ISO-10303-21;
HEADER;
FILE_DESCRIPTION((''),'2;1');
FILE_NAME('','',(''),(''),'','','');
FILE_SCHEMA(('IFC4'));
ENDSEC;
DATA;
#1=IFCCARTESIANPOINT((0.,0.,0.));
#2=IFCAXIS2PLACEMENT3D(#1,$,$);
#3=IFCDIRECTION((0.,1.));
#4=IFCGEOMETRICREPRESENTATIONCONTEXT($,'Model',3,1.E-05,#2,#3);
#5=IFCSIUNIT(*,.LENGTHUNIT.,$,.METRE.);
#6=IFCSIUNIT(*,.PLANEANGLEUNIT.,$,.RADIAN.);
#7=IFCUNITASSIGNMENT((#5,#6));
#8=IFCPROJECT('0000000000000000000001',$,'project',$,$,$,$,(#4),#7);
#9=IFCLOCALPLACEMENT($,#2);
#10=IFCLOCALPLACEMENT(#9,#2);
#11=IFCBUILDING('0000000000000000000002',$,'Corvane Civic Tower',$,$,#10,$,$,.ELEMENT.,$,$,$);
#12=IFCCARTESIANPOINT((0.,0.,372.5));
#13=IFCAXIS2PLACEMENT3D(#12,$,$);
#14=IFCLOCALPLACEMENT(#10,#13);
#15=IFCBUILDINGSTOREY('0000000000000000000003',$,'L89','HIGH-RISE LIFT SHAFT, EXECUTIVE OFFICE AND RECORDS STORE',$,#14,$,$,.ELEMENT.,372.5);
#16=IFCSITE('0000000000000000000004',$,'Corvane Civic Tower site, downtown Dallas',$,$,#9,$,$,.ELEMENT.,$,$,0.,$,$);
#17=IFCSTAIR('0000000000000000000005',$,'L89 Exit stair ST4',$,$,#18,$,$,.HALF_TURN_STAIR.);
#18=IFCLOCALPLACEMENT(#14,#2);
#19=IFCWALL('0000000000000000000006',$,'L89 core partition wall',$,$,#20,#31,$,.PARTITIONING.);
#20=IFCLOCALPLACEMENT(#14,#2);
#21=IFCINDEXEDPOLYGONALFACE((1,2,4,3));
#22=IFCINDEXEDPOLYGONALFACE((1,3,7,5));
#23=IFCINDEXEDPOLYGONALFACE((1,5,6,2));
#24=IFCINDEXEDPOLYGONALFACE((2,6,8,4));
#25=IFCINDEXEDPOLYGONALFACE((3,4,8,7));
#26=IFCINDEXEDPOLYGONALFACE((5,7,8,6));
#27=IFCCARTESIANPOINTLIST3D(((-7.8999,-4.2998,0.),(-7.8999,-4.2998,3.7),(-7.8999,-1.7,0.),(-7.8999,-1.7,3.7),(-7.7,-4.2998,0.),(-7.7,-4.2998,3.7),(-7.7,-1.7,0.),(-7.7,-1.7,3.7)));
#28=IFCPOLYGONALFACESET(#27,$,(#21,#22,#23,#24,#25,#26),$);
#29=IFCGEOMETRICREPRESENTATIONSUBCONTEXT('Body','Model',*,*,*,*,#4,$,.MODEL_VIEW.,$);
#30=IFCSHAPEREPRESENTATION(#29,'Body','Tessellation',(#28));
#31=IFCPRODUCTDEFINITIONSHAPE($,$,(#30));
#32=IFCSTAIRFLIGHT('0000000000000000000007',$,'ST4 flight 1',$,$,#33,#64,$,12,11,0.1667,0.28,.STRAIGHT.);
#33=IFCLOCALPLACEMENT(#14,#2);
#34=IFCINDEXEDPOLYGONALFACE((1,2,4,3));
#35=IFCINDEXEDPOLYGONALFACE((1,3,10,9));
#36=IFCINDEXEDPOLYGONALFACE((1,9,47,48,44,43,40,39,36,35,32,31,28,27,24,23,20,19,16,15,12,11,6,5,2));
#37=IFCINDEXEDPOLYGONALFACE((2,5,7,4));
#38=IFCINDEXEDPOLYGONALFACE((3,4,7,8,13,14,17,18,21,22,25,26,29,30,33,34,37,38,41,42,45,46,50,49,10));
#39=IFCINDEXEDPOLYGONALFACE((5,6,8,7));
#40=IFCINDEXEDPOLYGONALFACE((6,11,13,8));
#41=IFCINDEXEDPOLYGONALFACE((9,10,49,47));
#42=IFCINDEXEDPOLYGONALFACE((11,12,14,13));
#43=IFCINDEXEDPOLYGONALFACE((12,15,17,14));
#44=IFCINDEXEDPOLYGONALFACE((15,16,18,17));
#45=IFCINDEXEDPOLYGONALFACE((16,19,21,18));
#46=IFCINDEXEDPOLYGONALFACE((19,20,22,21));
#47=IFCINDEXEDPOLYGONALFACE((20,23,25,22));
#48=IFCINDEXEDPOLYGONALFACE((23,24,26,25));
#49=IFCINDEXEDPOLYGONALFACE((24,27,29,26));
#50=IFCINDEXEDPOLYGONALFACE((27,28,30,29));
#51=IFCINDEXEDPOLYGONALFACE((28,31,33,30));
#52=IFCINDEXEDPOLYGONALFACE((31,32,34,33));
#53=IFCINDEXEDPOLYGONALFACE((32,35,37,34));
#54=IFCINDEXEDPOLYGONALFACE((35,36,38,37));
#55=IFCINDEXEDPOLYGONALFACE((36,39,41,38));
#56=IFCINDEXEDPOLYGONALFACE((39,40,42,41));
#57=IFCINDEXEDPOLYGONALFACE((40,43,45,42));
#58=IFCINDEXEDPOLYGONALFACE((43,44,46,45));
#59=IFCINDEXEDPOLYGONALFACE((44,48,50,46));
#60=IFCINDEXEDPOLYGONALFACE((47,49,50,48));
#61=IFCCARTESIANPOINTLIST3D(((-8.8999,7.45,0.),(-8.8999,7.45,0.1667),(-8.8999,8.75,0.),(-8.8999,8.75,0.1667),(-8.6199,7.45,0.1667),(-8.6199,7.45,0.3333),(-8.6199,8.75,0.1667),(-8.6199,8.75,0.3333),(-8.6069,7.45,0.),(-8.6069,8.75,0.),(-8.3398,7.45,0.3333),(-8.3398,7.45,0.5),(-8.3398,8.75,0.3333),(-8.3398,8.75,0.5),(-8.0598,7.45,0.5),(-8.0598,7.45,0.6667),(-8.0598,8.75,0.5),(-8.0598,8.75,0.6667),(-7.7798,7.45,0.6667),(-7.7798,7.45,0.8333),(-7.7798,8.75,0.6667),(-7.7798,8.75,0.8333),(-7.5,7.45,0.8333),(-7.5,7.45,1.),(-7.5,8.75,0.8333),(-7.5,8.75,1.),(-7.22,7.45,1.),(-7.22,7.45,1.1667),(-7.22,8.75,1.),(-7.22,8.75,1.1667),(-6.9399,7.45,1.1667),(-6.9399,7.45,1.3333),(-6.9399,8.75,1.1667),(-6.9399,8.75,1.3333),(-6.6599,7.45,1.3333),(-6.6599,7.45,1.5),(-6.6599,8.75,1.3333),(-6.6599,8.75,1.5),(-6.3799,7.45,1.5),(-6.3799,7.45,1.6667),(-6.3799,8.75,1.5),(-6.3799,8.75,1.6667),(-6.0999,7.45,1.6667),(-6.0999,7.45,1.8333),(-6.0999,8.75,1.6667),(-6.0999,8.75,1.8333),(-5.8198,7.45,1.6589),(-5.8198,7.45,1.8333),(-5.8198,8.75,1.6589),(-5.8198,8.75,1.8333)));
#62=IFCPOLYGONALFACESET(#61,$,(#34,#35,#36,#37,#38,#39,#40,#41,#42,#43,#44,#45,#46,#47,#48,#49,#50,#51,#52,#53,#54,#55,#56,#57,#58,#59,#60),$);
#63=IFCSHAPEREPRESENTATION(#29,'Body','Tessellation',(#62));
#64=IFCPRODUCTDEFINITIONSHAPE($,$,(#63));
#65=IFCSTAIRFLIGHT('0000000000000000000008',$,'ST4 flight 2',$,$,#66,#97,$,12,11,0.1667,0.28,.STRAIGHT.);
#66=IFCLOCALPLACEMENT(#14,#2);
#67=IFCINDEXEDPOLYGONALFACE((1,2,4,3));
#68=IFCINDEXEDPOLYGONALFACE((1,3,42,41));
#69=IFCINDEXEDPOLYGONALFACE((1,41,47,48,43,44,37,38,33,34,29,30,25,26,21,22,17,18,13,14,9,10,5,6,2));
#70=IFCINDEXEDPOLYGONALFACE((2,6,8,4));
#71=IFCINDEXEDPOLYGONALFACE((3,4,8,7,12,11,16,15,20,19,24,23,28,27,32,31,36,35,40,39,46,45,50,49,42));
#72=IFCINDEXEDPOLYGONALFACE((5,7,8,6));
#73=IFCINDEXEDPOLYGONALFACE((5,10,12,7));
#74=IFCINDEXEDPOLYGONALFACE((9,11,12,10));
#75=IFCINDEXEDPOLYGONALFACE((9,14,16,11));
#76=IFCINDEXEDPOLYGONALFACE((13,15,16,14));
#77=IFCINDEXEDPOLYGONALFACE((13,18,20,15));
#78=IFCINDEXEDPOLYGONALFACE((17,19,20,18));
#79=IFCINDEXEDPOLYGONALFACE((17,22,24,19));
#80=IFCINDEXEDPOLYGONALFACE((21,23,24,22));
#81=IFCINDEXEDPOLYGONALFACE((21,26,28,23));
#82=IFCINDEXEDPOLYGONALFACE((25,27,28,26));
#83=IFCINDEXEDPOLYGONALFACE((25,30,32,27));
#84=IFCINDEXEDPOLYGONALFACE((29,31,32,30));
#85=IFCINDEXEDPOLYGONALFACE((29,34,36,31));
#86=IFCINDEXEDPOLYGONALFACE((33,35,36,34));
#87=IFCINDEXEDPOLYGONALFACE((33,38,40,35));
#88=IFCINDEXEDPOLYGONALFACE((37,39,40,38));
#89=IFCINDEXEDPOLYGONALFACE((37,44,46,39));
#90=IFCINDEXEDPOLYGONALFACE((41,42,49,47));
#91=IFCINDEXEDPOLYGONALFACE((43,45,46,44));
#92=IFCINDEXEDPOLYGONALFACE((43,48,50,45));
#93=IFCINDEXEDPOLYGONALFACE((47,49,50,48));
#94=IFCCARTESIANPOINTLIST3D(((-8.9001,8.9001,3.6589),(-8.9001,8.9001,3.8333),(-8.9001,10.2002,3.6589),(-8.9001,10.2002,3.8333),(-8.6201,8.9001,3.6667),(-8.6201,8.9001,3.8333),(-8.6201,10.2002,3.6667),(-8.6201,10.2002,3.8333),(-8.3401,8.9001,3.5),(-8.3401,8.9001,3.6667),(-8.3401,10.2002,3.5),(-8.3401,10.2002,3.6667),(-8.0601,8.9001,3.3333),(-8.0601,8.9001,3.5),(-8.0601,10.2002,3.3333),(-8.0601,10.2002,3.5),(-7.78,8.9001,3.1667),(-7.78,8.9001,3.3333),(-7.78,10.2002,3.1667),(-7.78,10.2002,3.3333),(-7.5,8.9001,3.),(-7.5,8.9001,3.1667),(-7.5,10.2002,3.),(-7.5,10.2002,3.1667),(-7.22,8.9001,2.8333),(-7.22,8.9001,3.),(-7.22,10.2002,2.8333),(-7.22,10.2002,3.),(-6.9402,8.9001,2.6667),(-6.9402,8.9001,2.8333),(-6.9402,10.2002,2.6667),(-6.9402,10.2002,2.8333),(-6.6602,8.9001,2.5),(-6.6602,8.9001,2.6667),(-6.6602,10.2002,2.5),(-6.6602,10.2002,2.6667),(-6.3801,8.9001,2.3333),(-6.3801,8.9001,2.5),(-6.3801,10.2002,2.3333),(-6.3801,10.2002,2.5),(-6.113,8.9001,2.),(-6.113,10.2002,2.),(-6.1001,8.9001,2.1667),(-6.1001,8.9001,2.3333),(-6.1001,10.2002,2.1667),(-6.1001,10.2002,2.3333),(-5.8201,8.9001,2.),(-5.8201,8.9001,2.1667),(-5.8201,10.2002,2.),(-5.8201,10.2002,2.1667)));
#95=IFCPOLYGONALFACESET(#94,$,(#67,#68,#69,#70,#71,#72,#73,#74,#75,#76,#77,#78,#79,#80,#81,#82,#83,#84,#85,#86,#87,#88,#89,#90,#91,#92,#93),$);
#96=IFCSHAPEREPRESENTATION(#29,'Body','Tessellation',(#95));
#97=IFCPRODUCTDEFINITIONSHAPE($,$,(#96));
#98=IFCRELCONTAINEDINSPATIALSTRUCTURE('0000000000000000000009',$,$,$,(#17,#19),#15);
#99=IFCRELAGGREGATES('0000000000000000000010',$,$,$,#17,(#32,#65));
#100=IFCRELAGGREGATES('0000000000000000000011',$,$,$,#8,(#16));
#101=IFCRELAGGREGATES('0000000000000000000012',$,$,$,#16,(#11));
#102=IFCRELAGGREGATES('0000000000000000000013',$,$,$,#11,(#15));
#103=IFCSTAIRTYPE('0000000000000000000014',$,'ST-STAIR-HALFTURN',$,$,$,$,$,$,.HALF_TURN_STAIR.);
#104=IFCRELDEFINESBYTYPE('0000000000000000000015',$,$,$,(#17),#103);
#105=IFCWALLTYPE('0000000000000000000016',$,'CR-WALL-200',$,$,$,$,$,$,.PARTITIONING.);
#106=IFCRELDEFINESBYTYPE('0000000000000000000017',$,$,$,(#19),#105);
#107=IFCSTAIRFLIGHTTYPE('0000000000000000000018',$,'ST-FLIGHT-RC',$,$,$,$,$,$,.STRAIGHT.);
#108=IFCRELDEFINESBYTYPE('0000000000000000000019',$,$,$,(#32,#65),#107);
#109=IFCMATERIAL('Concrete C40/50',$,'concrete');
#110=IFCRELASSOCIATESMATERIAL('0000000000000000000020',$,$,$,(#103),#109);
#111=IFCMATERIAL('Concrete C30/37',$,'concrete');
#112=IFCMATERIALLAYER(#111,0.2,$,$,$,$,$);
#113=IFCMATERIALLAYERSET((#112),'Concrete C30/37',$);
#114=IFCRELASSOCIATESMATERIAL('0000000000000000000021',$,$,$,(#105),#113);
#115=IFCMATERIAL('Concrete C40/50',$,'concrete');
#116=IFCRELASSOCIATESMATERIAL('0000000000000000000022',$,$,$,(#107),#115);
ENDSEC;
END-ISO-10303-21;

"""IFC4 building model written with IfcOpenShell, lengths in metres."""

from ifc_helpers import new_model, si_unit, direction, frame, origin, place, context, subcontext, project, spatial, polyline, outline, extrude, material, layer, layer_set, type_object, element, aggregate, save


model = new_model("IFC4")

# Units and contexts
model_context = context("Model", 3, precision=1e-05, world=origin(), true_north=direction((0.0, 1.0)))
body_context = subcontext(model_context, "Body", "Model", "MODEL_VIEW")
ifc_project = project(units=[si_unit("LENGTHUNIT", "METRE"), si_unit("PLANEANGLEUNIT", "RADIAN")], contexts=[model_context])

# Site, building, storey
site_placement = place(None, origin())
site = spatial("IfcSite", under=ifc_project, at=site_placement, Name="Corvane Civic Tower site, downtown Dallas", CompositionType="ELEMENT", RefElevation=0.0)
building_placement = place(site_placement, origin())
building = spatial("IfcBuilding", under=site, at=building_placement, Name="Corvane Civic Tower", CompositionType="ELEMENT")
storey_placement = place(building_placement, frame((0.0, 0.0, 372.5)))
storey = spatial("IfcBuildingStorey", under=building, at=storey_placement, Name="L89", Description="HIGH-RISE LIFT SHAFT, EXECUTIVE OFFICE AND RECORDS STORE", CompositionType="ELEMENT", Elevation=372.5)

# Stair
ifc_material_1 = material(Name="Concrete C40/50", Category="concrete")
stair_type = type_object("IfcStairType", Name="ST-STAIR-HALFTURN", PredefinedType="HALF_TURN_STAIR", material=ifc_material_1)
stair_1_placement = place(storey_placement, origin())
stair_1 = element("IfcStair", 1, at=stair_1_placement, inside=storey, type_object=stair_type, Name="L89 Exit stair ST4", PredefinedType="HALF_TURN_STAIR")

# Shared definitions
ifc_material_2 = material(Name="Concrete C30/37", Category="concrete")
ifc_layer_1 = layer(ifc_material_2, 0.2)
ifc_layer_set_1 = layer_set([ifc_layer_1], Name="Concrete C30/37")
wall_type = type_object("IfcWallType", Name="CR-WALL-200", PredefinedType="PARTITIONING", material=ifc_layer_set_1)

# Wall
wall_1_placement = place(storey_placement, origin())
element("IfcWall", 2, at=wall_1_placement, inside=storey, type_object=wall_type, Name="L89 core partition wall", PredefinedType="PARTITIONING", context=body_context, shape_type="SweptSolid", body=[
    extrude(outline(polyline([(-7.7, -1.7), (-7.7, -4.2998), (-7.8999, -4.2998), (-7.8999, -1.7), (-7.7, -1.7)])), origin(), (0.0, 0.0, 1.0), 3.7),
])

# Stair flights
ifc_material_3 = material(Name="Concrete C40/50", Category="concrete")
stair_flight_type = type_object("IfcStairFlightType", Name="ST-FLIGHT-RC", PredefinedType="STRAIGHT", material=ifc_material_3)
stair_flight_1_placement = place(storey_placement, frame((-8.8999, 8.1001, 0.0), z_axis=(0.0, 0.0, 1.0), x_axis=(1.0, 0.0, 0.0)))
stair_flight_1 = element("IfcStairFlight", 3, at=stair_flight_1_placement, type_object=stair_flight_type, Name="ST4 flight 1", NumberOfRisers=12, NumberOfTreads=11, PredefinedType="STRAIGHT", RiserHeight=0.1667, TreadLength=0.28, context=body_context, shape_type="SweptSolid", body=[
    extrude(outline(polyline([(0.0, 0.0), (0.0, 0.1667), (0.28, 0.1667), (0.28, 0.3333), (0.5601, 0.3333), (0.5601, 0.5), (0.8401, 0.5), (0.8401, 0.6667), (1.1201, 0.6667), (1.1201, 0.8333), (1.3999, 0.8333), (1.3999, 1.0), (1.6799, 1.0), (1.6799, 1.1667), (1.96, 1.1667), (1.96, 1.3333), (2.24, 1.3333), (2.24, 1.5), (2.52, 1.5), (2.52, 1.6667), (2.8, 1.6667), (2.8, 1.8333), (3.0801, 1.8333), (3.0801, 2.0), (3.0801, 1.6589), (0.293, 0.0), (0.0, 0.0)])), frame((0.0, 0.6499, 0.0), z_axis=(0.0, -1.0, 0.0), x_axis=(1.0, 0.0, 0.0)), (0.0, 0.0, 1.0), 1.3),
])
stair_flight_2_placement = place(storey_placement, frame((-5.8201, 9.55, 2.0), z_axis=(0.0, 0.0, 1.0), x_axis=(-1.0, 0.0, 0.0)))
stair_flight_2 = element("IfcStairFlight", 4, at=stair_flight_2_placement, type_object=stair_flight_type, Name="ST4 flight 2", NumberOfRisers=12, NumberOfTreads=11, PredefinedType="STRAIGHT", RiserHeight=0.1667, TreadLength=0.28, context=body_context, shape_type="SweptSolid", body=[
    extrude(outline(polyline([(0.0, 0.0), (0.0, 0.1667), (0.28, 0.1667), (0.28, 0.3333), (0.5601, 0.3333), (0.5601, 0.5), (0.8401, 0.5), (0.8401, 0.6667), (1.1201, 0.6667), (1.1201, 0.8333), (1.3999, 0.8333), (1.3999, 1.0), (1.6799, 1.0), (1.6799, 1.1667), (1.96, 1.1667), (1.96, 1.3333), (2.24, 1.3333), (2.24, 1.5), (2.52, 1.5), (2.52, 1.6667), (2.8, 1.6667), (2.8, 1.8333), (3.0801, 1.8333), (3.0801, 2.0), (3.0801, 1.6589), (0.293, 0.0), (0.0, 0.0)])), frame((0.0, 0.6499, 0.0), z_axis=(0.0, -1.0, 0.0), x_axis=(1.0, 0.0, 0.0)), (0.0, 0.0, 1.0), 1.3),
])
aggregate(stair_1, [stair_flight_1, stair_flight_2])

save(model, "model.ifc")
